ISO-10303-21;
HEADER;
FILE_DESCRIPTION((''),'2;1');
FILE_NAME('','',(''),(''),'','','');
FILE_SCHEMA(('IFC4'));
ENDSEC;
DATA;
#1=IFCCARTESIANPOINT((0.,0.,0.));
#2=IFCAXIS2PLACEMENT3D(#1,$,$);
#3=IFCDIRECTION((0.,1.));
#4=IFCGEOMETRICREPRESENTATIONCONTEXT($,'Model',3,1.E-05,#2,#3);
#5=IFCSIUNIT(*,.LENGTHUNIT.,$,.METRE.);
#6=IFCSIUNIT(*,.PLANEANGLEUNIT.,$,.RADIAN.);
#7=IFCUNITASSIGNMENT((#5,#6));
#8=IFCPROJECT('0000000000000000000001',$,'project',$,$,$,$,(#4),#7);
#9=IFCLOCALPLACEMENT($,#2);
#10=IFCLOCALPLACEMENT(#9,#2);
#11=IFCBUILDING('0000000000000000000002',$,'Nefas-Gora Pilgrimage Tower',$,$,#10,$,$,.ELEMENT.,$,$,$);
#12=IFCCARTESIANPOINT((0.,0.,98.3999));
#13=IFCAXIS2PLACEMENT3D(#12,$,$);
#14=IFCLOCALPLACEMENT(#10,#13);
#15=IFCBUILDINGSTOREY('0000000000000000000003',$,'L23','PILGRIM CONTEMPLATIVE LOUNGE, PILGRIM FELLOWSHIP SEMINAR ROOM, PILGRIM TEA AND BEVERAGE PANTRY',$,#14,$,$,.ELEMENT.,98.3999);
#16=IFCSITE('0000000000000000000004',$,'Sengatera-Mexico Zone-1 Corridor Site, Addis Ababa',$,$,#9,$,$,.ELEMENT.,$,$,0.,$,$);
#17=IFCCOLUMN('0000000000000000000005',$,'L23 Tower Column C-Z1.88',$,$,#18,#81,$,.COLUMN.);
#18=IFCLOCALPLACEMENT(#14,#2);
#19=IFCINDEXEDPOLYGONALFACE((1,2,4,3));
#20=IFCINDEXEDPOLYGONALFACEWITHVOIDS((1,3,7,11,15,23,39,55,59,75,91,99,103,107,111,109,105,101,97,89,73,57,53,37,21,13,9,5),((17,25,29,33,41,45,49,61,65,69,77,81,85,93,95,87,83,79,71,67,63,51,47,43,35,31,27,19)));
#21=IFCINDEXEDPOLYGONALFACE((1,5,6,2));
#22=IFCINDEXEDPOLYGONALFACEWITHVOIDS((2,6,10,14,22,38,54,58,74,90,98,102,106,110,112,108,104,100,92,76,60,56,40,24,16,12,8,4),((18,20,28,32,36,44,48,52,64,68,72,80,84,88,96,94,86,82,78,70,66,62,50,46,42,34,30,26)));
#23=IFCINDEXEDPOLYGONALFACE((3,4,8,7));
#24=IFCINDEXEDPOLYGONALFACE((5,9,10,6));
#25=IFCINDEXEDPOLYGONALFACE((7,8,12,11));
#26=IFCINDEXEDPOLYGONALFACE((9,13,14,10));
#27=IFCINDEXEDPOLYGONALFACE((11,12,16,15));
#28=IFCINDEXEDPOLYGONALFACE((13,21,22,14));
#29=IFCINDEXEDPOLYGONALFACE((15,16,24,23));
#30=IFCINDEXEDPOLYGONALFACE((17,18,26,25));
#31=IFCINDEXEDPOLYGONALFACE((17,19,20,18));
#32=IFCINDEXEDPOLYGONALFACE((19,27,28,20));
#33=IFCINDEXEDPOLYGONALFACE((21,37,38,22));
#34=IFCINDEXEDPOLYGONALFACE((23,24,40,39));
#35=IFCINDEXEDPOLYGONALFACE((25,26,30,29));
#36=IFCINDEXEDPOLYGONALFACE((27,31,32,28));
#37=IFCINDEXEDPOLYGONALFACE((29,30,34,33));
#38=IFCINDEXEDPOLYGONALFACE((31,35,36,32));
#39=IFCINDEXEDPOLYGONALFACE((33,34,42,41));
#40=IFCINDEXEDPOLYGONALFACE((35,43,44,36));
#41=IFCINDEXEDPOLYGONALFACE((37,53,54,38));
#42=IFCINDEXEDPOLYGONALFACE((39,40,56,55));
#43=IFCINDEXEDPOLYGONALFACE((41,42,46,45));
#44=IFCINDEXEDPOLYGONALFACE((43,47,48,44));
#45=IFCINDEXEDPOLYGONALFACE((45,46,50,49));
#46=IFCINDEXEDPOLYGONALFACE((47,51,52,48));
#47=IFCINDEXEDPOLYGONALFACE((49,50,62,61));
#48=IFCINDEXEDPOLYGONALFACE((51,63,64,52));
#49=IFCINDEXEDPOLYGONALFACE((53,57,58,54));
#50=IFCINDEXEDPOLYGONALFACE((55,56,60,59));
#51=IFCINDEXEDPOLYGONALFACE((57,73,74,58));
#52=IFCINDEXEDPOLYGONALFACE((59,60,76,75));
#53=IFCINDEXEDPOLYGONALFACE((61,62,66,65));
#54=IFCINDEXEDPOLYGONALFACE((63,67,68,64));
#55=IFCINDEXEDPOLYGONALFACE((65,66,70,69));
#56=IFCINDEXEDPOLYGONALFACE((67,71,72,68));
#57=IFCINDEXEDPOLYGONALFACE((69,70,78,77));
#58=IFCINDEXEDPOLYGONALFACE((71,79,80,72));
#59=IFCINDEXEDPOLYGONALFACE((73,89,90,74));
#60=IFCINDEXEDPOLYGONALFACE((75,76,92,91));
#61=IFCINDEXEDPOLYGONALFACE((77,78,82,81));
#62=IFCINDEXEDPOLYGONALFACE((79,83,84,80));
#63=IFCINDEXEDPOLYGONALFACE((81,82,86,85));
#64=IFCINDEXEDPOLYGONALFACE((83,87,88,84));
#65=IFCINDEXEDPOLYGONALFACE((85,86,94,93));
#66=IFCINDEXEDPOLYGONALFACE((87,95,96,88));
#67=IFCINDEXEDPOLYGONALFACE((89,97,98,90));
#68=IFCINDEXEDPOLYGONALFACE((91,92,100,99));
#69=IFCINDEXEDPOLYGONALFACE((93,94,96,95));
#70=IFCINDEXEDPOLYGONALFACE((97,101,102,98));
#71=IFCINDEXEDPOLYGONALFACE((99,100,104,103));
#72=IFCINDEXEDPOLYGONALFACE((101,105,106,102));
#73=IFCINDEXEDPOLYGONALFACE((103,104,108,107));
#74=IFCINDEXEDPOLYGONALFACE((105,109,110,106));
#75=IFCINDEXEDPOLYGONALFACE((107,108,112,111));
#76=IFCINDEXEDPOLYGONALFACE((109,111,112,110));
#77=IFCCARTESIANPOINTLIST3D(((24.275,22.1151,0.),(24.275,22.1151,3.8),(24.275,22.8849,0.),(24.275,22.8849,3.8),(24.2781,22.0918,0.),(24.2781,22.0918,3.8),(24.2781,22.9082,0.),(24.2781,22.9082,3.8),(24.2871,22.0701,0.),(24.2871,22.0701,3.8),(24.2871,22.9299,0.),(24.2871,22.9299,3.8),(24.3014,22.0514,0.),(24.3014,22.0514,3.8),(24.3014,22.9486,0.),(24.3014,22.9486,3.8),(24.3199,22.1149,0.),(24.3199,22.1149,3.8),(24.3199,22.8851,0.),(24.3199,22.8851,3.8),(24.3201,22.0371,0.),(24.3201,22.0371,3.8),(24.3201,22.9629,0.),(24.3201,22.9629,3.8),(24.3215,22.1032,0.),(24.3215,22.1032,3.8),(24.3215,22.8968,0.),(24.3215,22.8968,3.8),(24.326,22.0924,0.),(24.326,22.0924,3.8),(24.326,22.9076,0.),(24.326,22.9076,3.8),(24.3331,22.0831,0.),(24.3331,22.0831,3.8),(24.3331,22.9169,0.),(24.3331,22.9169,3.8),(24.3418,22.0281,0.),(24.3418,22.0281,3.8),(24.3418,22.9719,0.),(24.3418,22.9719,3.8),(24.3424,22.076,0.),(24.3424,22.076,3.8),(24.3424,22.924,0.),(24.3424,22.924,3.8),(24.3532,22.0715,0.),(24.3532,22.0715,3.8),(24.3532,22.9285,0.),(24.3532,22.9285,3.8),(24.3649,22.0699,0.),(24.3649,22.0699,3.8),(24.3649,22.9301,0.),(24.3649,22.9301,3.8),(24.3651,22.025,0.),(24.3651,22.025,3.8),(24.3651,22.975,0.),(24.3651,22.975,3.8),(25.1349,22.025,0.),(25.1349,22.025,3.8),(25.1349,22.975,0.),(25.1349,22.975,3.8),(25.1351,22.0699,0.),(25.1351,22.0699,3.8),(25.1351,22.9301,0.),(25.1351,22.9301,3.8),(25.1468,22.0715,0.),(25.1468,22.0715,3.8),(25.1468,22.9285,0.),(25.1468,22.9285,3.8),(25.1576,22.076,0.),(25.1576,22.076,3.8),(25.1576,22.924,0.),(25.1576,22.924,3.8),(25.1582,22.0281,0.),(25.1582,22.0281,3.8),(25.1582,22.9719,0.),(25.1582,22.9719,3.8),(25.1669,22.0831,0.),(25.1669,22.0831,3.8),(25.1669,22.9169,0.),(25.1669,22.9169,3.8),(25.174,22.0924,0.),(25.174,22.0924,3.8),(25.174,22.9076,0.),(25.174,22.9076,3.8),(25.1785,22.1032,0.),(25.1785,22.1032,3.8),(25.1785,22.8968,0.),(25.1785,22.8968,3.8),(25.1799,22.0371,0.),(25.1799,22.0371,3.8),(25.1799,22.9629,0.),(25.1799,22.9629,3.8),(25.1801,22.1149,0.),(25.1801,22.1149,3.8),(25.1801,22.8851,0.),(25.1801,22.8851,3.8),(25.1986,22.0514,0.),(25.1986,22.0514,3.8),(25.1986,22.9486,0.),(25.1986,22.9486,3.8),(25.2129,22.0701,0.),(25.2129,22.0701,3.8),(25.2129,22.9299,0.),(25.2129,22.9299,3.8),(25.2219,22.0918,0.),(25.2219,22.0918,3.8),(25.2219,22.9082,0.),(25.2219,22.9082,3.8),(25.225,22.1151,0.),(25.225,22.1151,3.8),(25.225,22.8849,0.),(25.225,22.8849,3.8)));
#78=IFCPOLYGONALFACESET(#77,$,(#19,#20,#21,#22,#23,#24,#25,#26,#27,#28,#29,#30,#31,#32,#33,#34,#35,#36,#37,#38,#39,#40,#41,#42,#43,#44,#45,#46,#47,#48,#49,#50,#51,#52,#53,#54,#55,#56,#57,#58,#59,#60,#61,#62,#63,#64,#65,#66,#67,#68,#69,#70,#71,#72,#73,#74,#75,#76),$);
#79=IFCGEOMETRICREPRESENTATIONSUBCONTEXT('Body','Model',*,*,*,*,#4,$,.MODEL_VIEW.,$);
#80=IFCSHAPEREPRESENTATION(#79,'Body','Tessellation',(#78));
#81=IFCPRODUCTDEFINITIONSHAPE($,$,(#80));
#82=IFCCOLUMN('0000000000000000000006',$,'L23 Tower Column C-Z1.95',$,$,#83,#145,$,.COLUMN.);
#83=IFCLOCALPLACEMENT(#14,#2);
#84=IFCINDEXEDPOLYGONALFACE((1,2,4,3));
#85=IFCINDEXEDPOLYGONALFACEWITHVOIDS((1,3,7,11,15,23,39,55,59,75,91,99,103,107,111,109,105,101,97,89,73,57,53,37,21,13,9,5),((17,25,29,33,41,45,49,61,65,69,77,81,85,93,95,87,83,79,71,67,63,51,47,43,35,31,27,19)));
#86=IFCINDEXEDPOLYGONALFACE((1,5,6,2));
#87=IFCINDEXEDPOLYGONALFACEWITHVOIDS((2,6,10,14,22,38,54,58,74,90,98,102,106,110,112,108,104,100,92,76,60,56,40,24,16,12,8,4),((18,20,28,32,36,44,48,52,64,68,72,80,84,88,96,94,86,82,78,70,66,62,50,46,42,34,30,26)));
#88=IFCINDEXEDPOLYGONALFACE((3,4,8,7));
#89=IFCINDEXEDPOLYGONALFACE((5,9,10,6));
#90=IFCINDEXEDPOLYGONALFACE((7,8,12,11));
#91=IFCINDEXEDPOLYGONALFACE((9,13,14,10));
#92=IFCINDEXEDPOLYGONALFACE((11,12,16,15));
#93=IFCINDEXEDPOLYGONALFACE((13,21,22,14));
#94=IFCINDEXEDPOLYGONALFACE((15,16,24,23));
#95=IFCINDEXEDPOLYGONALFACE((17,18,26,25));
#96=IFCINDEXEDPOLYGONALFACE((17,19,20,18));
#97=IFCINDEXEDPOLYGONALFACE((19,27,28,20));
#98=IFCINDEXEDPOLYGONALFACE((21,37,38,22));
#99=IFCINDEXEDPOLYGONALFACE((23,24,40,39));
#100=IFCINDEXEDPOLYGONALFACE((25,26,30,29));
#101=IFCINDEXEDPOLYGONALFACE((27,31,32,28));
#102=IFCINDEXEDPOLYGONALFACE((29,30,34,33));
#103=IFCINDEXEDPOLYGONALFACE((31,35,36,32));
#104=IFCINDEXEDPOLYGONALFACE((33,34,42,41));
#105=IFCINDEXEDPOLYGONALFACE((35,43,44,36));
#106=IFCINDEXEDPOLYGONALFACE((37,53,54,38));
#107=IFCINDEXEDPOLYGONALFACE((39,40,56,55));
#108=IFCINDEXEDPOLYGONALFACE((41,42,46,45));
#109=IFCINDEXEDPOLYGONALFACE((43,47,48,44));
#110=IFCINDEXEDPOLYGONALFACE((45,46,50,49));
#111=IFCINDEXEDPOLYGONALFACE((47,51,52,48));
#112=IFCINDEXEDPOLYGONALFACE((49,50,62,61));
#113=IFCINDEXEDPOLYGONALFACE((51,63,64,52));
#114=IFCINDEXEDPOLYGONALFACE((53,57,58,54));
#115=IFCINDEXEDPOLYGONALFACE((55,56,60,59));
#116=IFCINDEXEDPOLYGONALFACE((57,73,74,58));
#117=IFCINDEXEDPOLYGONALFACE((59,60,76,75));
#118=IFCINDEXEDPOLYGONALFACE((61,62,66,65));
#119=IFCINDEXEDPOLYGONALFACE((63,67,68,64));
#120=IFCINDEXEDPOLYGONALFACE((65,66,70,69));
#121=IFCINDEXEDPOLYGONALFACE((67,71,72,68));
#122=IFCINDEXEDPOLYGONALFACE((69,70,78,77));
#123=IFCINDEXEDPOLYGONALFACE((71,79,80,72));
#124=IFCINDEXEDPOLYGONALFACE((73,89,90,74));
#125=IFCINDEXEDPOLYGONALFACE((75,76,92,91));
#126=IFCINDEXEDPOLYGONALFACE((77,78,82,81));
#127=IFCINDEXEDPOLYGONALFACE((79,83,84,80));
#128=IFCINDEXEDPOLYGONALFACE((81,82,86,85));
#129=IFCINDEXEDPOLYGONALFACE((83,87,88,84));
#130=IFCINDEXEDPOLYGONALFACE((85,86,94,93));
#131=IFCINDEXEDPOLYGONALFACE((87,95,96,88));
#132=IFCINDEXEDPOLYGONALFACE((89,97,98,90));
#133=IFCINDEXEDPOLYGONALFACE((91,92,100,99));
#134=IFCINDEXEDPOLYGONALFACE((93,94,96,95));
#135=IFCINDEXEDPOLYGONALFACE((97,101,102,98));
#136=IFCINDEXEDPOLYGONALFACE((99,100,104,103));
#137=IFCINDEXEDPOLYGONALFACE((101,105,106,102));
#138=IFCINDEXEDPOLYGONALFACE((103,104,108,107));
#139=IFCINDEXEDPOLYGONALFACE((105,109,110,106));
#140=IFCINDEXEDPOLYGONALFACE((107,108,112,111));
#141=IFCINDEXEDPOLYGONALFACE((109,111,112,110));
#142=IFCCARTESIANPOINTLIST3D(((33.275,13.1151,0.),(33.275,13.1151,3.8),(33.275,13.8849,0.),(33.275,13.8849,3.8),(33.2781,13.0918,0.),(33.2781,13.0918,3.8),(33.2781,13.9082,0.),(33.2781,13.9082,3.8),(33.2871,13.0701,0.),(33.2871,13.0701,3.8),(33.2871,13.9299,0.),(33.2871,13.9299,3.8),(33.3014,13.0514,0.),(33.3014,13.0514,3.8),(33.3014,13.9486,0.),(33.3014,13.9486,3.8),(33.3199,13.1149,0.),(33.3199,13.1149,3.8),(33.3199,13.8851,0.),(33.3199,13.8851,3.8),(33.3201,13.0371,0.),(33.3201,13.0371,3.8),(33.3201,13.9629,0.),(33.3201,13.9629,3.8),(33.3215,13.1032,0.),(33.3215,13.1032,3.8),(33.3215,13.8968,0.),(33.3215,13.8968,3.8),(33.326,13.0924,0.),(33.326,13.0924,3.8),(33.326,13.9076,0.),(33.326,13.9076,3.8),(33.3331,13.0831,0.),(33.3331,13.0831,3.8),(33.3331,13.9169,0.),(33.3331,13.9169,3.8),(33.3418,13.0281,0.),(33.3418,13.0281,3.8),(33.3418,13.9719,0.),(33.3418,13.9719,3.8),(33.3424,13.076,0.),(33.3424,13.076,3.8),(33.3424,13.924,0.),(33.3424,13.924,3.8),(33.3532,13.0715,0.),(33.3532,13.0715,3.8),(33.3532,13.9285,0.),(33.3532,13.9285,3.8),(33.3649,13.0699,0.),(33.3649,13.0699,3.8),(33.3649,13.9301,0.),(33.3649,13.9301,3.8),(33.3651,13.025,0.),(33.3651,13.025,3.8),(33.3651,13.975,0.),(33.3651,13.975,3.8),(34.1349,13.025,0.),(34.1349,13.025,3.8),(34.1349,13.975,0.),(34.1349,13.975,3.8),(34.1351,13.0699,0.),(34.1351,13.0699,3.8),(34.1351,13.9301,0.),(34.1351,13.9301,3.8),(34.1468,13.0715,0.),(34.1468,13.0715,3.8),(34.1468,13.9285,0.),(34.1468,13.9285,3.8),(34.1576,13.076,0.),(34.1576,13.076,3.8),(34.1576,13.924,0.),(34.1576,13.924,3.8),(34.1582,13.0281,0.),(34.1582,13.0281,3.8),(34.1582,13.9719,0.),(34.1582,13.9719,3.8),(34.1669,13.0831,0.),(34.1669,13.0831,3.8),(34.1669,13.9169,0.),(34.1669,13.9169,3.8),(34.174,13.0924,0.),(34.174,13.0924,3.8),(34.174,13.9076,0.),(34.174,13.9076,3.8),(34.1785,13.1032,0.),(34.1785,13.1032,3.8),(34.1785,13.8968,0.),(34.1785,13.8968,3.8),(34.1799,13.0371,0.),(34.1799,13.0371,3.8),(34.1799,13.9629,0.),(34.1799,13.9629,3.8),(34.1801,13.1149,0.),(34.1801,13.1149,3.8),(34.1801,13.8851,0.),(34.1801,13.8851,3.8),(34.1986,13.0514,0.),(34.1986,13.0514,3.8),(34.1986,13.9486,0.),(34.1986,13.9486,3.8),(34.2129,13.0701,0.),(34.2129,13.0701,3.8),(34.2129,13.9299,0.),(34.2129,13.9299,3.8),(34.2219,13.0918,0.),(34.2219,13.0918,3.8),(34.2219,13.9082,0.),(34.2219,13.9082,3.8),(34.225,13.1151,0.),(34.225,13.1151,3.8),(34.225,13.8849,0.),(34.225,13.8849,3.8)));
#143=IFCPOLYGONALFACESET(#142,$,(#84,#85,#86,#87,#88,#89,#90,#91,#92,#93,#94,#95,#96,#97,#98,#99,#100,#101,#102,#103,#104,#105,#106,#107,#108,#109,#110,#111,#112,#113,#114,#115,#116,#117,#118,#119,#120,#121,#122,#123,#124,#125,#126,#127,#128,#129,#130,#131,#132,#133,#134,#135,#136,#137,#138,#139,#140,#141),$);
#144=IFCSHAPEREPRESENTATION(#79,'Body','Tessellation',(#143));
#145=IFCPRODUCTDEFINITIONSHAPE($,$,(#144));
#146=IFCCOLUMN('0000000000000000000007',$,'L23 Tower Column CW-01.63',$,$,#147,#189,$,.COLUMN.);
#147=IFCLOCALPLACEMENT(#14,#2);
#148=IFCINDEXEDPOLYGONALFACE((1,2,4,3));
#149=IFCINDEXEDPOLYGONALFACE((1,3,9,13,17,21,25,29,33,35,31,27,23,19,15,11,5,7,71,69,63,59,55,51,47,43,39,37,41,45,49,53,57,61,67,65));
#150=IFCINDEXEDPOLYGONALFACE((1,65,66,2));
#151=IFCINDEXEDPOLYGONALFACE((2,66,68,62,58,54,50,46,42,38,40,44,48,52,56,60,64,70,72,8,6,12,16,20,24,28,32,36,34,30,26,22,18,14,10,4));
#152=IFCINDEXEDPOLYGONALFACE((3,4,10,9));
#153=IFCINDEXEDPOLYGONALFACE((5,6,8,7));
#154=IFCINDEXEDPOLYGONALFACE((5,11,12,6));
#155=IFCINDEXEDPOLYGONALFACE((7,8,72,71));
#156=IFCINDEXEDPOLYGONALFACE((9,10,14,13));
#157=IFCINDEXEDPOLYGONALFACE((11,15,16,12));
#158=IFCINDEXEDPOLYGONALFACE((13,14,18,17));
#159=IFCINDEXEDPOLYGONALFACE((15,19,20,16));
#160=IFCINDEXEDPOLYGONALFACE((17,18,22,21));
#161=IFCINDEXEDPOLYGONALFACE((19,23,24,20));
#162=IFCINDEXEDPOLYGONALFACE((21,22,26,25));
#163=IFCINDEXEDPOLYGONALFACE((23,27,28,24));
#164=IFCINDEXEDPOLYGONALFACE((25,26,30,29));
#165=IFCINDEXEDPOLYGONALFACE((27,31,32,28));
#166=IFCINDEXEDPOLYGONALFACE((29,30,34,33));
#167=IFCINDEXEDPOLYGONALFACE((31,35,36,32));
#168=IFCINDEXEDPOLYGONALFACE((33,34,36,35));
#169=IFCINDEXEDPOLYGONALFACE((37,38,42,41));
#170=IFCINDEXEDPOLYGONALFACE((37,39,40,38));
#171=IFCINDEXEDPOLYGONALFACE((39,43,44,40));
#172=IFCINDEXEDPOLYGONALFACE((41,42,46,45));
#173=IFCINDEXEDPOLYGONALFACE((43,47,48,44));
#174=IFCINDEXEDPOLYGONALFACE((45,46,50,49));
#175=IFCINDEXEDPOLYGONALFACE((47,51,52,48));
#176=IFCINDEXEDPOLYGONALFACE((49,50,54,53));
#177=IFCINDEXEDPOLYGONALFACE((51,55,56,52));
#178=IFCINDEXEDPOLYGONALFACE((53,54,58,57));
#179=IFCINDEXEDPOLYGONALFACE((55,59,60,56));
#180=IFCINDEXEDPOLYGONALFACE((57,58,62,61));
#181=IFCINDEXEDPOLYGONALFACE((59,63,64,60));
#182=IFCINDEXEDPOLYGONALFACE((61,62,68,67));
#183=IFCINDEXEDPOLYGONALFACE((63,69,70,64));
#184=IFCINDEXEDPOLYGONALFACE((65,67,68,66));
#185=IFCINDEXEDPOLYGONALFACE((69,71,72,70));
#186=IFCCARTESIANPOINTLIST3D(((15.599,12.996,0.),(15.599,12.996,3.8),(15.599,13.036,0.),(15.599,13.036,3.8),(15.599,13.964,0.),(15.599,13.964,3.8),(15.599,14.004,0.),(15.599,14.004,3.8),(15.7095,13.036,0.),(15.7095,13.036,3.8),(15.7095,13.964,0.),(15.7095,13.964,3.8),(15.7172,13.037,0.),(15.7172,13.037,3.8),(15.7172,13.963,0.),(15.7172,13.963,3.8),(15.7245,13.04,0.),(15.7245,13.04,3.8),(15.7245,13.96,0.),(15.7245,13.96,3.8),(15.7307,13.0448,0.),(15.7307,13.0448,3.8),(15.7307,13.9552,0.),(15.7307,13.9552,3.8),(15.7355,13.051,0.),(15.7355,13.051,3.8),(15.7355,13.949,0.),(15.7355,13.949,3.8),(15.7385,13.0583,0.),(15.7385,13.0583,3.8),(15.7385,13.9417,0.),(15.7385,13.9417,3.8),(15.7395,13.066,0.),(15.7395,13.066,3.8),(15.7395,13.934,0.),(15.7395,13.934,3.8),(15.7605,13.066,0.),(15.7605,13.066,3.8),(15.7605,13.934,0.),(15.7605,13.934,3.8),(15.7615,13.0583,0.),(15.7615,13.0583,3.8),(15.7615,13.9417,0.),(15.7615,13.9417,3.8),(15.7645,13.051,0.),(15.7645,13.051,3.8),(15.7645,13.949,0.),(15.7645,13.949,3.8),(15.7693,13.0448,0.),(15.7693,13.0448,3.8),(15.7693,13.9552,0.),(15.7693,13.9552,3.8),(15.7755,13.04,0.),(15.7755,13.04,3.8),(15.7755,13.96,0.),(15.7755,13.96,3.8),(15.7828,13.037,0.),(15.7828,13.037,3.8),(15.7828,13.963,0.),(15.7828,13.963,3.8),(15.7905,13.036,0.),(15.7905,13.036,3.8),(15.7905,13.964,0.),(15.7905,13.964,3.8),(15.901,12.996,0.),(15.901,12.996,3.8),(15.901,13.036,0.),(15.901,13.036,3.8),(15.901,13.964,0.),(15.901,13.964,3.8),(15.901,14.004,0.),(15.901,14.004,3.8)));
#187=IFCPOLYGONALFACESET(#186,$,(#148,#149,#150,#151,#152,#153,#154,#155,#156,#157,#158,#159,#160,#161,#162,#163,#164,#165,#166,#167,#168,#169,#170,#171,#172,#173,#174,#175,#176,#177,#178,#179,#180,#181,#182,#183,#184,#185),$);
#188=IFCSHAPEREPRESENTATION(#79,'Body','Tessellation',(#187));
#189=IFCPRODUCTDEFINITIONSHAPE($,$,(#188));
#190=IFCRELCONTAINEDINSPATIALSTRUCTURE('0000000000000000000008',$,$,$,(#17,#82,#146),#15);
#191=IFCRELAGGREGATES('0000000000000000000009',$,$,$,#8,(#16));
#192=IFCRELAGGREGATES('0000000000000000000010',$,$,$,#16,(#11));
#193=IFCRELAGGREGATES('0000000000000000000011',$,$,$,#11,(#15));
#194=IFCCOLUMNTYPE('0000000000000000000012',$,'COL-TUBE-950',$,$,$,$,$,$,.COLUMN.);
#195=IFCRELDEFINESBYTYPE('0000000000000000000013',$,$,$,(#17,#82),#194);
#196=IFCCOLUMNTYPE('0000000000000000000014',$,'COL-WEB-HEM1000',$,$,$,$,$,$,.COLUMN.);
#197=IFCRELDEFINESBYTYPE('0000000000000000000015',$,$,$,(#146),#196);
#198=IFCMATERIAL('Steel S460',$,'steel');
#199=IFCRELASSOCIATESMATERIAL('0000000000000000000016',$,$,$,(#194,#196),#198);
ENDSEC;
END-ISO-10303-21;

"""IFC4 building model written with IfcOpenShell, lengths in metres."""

from ifc_helpers import new_model, si_unit, direction, frame, origin, origin_2d, place, context, subcontext, project, spatial, hollow_rectangle, i_section, extrude, source, transform, mapped, material, material_profile, profile_set, type_object, element, save


model = new_model("IFC4")

# Units and contexts
model_context = context("Model", 3, precision=1e-05, world=origin(), true_north=direction((0.0, 1.0)))
body_context = subcontext(model_context, "Body", "Model", "MODEL_VIEW")
ifc_project = project(units=[si_unit("LENGTHUNIT", "METRE"), si_unit("PLANEANGLEUNIT", "RADIAN")], contexts=[model_context])

# Site, building, storey
site_placement = place(None, origin())
site = spatial("IfcSite", under=ifc_project, at=site_placement, Name="Sengatera-Mexico Zone-1 Corridor Site, Addis Ababa", CompositionType="ELEMENT", RefElevation=0.0)
building_placement = place(site_placement, origin())
building = spatial("IfcBuilding", under=site, at=building_placement, Name="Nefas-Gora Pilgrimage Tower", CompositionType="ELEMENT")
storey_placement = place(building_placement, frame((0.0, 0.0, 98.3999)))
storey = spatial("IfcBuildingStorey", under=building, at=storey_placement, Name="L23", Description="PILGRIM CONTEMPLATIVE LOUNGE, PILGRIM FELLOWSHIP SEMINAR ROOM, PILGRIM TEA AND BEVERAGE PANTRY", CompositionType="ELEMENT", Elevation=98.3999)

# Columns
ifc_material_1 = material(Name="Steel S460", Category="steel")
ifc_material_profile_1 = material_profile(ifc_material_1, hollow_rectangle(XDim=0.95, YDim=0.95, WallThickness=0.0449, InnerFilletRadius=0.0449, OuterFilletRadius=0.0901, at=origin_2d()), Name="BOX 950x950x45")
ifc_profile_set_1 = profile_set([ifc_material_profile_1], Name="Steel S460")
column_type_1 = type_object("IfcColumnType", Name="COL-TUBE-950", PredefinedType="COLUMN", material=ifc_profile_set_1)
shared_shape_1 = source(origin(), body_context, "Body", "SweptSolid", [
    extrude(hollow_rectangle(XDim=0.95, YDim=0.95, WallThickness=0.0449, InnerFilletRadius=0.0449, OuterFilletRadius=0.0901, at=origin_2d()), origin(), (0.0, 0.0, 1.0), 3.8),
])
for number, where, z_axis, x_axis, name in (
    (1, (24.75, 22.5, 0.0), (0.0, 0.0, 1.0), (1.0, 0.0, 0.0), "L23 Tower Column C-Z1.88"),
    (2, (33.75, 13.5, 0.0), (0.0, 0.0, 1.0), (1.0, 0.0, 0.0), "L23 Tower Column C-Z1.95"),
):
    element("IfcColumn", number, at=place(storey_placement, frame(where, z_axis=z_axis, x_axis=x_axis)), inside=storey, type_object=column_type_1, Name=name, PredefinedType="COLUMN", context=body_context, shape_type="MappedRepresentation", body=[
        mapped(shared_shape_1, transform((0.0, 0.0, 0.0), x_axis=(1.0, 0.0, 0.0), y_axis=(0.0, 1.0, 0.0), z_axis=(0.0, 0.0, 1.0), scale=1.0)),
    ])
ifc_material_profile_2 = material_profile(ifc_material_1, i_section(OverallWidth=0.302, OverallDepth=1.0081, WebThickness=0.021, FlangeThickness=0.04, FilletRadius=0.03, at=origin_2d()), Name="HEM 1000")
ifc_profile_set_2 = profile_set([ifc_material_profile_2], Name="Steel S460")
column_type_2 = type_object("IfcColumnType", Name="COL-WEB-HEM1000", PredefinedType="COLUMN", material=ifc_profile_set_2)
shared_shape_2 = source(origin(), body_context, "Body", "SweptSolid", [
    extrude(i_section(OverallWidth=0.302, OverallDepth=1.0081, WebThickness=0.021, FlangeThickness=0.04, FilletRadius=0.03, at=origin_2d()), origin(), (0.0, 0.0, 1.0), 3.8),
])
for number, where, z_axis, x_axis, name in (
    (3, (15.75, 13.5, 0.0), (0.0, 0.0, 1.0), (1.0, 0.0, 0.0), "L23 Tower Column CW-01.63"),
):
    element("IfcColumn", number, at=place(storey_placement, frame(where, z_axis=z_axis, x_axis=x_axis)), inside=storey, type_object=column_type_2, Name=name, PredefinedType="COLUMN", context=body_context, shape_type="MappedRepresentation", body=[
        mapped(shared_shape_2, transform((0.0, 0.0, 0.0), x_axis=(1.0, 0.0, 0.0), y_axis=(0.0, 1.0, 0.0), z_axis=(0.0, 0.0, 1.0), scale=1.0)),
    ])

save(model, "model.ifc")
